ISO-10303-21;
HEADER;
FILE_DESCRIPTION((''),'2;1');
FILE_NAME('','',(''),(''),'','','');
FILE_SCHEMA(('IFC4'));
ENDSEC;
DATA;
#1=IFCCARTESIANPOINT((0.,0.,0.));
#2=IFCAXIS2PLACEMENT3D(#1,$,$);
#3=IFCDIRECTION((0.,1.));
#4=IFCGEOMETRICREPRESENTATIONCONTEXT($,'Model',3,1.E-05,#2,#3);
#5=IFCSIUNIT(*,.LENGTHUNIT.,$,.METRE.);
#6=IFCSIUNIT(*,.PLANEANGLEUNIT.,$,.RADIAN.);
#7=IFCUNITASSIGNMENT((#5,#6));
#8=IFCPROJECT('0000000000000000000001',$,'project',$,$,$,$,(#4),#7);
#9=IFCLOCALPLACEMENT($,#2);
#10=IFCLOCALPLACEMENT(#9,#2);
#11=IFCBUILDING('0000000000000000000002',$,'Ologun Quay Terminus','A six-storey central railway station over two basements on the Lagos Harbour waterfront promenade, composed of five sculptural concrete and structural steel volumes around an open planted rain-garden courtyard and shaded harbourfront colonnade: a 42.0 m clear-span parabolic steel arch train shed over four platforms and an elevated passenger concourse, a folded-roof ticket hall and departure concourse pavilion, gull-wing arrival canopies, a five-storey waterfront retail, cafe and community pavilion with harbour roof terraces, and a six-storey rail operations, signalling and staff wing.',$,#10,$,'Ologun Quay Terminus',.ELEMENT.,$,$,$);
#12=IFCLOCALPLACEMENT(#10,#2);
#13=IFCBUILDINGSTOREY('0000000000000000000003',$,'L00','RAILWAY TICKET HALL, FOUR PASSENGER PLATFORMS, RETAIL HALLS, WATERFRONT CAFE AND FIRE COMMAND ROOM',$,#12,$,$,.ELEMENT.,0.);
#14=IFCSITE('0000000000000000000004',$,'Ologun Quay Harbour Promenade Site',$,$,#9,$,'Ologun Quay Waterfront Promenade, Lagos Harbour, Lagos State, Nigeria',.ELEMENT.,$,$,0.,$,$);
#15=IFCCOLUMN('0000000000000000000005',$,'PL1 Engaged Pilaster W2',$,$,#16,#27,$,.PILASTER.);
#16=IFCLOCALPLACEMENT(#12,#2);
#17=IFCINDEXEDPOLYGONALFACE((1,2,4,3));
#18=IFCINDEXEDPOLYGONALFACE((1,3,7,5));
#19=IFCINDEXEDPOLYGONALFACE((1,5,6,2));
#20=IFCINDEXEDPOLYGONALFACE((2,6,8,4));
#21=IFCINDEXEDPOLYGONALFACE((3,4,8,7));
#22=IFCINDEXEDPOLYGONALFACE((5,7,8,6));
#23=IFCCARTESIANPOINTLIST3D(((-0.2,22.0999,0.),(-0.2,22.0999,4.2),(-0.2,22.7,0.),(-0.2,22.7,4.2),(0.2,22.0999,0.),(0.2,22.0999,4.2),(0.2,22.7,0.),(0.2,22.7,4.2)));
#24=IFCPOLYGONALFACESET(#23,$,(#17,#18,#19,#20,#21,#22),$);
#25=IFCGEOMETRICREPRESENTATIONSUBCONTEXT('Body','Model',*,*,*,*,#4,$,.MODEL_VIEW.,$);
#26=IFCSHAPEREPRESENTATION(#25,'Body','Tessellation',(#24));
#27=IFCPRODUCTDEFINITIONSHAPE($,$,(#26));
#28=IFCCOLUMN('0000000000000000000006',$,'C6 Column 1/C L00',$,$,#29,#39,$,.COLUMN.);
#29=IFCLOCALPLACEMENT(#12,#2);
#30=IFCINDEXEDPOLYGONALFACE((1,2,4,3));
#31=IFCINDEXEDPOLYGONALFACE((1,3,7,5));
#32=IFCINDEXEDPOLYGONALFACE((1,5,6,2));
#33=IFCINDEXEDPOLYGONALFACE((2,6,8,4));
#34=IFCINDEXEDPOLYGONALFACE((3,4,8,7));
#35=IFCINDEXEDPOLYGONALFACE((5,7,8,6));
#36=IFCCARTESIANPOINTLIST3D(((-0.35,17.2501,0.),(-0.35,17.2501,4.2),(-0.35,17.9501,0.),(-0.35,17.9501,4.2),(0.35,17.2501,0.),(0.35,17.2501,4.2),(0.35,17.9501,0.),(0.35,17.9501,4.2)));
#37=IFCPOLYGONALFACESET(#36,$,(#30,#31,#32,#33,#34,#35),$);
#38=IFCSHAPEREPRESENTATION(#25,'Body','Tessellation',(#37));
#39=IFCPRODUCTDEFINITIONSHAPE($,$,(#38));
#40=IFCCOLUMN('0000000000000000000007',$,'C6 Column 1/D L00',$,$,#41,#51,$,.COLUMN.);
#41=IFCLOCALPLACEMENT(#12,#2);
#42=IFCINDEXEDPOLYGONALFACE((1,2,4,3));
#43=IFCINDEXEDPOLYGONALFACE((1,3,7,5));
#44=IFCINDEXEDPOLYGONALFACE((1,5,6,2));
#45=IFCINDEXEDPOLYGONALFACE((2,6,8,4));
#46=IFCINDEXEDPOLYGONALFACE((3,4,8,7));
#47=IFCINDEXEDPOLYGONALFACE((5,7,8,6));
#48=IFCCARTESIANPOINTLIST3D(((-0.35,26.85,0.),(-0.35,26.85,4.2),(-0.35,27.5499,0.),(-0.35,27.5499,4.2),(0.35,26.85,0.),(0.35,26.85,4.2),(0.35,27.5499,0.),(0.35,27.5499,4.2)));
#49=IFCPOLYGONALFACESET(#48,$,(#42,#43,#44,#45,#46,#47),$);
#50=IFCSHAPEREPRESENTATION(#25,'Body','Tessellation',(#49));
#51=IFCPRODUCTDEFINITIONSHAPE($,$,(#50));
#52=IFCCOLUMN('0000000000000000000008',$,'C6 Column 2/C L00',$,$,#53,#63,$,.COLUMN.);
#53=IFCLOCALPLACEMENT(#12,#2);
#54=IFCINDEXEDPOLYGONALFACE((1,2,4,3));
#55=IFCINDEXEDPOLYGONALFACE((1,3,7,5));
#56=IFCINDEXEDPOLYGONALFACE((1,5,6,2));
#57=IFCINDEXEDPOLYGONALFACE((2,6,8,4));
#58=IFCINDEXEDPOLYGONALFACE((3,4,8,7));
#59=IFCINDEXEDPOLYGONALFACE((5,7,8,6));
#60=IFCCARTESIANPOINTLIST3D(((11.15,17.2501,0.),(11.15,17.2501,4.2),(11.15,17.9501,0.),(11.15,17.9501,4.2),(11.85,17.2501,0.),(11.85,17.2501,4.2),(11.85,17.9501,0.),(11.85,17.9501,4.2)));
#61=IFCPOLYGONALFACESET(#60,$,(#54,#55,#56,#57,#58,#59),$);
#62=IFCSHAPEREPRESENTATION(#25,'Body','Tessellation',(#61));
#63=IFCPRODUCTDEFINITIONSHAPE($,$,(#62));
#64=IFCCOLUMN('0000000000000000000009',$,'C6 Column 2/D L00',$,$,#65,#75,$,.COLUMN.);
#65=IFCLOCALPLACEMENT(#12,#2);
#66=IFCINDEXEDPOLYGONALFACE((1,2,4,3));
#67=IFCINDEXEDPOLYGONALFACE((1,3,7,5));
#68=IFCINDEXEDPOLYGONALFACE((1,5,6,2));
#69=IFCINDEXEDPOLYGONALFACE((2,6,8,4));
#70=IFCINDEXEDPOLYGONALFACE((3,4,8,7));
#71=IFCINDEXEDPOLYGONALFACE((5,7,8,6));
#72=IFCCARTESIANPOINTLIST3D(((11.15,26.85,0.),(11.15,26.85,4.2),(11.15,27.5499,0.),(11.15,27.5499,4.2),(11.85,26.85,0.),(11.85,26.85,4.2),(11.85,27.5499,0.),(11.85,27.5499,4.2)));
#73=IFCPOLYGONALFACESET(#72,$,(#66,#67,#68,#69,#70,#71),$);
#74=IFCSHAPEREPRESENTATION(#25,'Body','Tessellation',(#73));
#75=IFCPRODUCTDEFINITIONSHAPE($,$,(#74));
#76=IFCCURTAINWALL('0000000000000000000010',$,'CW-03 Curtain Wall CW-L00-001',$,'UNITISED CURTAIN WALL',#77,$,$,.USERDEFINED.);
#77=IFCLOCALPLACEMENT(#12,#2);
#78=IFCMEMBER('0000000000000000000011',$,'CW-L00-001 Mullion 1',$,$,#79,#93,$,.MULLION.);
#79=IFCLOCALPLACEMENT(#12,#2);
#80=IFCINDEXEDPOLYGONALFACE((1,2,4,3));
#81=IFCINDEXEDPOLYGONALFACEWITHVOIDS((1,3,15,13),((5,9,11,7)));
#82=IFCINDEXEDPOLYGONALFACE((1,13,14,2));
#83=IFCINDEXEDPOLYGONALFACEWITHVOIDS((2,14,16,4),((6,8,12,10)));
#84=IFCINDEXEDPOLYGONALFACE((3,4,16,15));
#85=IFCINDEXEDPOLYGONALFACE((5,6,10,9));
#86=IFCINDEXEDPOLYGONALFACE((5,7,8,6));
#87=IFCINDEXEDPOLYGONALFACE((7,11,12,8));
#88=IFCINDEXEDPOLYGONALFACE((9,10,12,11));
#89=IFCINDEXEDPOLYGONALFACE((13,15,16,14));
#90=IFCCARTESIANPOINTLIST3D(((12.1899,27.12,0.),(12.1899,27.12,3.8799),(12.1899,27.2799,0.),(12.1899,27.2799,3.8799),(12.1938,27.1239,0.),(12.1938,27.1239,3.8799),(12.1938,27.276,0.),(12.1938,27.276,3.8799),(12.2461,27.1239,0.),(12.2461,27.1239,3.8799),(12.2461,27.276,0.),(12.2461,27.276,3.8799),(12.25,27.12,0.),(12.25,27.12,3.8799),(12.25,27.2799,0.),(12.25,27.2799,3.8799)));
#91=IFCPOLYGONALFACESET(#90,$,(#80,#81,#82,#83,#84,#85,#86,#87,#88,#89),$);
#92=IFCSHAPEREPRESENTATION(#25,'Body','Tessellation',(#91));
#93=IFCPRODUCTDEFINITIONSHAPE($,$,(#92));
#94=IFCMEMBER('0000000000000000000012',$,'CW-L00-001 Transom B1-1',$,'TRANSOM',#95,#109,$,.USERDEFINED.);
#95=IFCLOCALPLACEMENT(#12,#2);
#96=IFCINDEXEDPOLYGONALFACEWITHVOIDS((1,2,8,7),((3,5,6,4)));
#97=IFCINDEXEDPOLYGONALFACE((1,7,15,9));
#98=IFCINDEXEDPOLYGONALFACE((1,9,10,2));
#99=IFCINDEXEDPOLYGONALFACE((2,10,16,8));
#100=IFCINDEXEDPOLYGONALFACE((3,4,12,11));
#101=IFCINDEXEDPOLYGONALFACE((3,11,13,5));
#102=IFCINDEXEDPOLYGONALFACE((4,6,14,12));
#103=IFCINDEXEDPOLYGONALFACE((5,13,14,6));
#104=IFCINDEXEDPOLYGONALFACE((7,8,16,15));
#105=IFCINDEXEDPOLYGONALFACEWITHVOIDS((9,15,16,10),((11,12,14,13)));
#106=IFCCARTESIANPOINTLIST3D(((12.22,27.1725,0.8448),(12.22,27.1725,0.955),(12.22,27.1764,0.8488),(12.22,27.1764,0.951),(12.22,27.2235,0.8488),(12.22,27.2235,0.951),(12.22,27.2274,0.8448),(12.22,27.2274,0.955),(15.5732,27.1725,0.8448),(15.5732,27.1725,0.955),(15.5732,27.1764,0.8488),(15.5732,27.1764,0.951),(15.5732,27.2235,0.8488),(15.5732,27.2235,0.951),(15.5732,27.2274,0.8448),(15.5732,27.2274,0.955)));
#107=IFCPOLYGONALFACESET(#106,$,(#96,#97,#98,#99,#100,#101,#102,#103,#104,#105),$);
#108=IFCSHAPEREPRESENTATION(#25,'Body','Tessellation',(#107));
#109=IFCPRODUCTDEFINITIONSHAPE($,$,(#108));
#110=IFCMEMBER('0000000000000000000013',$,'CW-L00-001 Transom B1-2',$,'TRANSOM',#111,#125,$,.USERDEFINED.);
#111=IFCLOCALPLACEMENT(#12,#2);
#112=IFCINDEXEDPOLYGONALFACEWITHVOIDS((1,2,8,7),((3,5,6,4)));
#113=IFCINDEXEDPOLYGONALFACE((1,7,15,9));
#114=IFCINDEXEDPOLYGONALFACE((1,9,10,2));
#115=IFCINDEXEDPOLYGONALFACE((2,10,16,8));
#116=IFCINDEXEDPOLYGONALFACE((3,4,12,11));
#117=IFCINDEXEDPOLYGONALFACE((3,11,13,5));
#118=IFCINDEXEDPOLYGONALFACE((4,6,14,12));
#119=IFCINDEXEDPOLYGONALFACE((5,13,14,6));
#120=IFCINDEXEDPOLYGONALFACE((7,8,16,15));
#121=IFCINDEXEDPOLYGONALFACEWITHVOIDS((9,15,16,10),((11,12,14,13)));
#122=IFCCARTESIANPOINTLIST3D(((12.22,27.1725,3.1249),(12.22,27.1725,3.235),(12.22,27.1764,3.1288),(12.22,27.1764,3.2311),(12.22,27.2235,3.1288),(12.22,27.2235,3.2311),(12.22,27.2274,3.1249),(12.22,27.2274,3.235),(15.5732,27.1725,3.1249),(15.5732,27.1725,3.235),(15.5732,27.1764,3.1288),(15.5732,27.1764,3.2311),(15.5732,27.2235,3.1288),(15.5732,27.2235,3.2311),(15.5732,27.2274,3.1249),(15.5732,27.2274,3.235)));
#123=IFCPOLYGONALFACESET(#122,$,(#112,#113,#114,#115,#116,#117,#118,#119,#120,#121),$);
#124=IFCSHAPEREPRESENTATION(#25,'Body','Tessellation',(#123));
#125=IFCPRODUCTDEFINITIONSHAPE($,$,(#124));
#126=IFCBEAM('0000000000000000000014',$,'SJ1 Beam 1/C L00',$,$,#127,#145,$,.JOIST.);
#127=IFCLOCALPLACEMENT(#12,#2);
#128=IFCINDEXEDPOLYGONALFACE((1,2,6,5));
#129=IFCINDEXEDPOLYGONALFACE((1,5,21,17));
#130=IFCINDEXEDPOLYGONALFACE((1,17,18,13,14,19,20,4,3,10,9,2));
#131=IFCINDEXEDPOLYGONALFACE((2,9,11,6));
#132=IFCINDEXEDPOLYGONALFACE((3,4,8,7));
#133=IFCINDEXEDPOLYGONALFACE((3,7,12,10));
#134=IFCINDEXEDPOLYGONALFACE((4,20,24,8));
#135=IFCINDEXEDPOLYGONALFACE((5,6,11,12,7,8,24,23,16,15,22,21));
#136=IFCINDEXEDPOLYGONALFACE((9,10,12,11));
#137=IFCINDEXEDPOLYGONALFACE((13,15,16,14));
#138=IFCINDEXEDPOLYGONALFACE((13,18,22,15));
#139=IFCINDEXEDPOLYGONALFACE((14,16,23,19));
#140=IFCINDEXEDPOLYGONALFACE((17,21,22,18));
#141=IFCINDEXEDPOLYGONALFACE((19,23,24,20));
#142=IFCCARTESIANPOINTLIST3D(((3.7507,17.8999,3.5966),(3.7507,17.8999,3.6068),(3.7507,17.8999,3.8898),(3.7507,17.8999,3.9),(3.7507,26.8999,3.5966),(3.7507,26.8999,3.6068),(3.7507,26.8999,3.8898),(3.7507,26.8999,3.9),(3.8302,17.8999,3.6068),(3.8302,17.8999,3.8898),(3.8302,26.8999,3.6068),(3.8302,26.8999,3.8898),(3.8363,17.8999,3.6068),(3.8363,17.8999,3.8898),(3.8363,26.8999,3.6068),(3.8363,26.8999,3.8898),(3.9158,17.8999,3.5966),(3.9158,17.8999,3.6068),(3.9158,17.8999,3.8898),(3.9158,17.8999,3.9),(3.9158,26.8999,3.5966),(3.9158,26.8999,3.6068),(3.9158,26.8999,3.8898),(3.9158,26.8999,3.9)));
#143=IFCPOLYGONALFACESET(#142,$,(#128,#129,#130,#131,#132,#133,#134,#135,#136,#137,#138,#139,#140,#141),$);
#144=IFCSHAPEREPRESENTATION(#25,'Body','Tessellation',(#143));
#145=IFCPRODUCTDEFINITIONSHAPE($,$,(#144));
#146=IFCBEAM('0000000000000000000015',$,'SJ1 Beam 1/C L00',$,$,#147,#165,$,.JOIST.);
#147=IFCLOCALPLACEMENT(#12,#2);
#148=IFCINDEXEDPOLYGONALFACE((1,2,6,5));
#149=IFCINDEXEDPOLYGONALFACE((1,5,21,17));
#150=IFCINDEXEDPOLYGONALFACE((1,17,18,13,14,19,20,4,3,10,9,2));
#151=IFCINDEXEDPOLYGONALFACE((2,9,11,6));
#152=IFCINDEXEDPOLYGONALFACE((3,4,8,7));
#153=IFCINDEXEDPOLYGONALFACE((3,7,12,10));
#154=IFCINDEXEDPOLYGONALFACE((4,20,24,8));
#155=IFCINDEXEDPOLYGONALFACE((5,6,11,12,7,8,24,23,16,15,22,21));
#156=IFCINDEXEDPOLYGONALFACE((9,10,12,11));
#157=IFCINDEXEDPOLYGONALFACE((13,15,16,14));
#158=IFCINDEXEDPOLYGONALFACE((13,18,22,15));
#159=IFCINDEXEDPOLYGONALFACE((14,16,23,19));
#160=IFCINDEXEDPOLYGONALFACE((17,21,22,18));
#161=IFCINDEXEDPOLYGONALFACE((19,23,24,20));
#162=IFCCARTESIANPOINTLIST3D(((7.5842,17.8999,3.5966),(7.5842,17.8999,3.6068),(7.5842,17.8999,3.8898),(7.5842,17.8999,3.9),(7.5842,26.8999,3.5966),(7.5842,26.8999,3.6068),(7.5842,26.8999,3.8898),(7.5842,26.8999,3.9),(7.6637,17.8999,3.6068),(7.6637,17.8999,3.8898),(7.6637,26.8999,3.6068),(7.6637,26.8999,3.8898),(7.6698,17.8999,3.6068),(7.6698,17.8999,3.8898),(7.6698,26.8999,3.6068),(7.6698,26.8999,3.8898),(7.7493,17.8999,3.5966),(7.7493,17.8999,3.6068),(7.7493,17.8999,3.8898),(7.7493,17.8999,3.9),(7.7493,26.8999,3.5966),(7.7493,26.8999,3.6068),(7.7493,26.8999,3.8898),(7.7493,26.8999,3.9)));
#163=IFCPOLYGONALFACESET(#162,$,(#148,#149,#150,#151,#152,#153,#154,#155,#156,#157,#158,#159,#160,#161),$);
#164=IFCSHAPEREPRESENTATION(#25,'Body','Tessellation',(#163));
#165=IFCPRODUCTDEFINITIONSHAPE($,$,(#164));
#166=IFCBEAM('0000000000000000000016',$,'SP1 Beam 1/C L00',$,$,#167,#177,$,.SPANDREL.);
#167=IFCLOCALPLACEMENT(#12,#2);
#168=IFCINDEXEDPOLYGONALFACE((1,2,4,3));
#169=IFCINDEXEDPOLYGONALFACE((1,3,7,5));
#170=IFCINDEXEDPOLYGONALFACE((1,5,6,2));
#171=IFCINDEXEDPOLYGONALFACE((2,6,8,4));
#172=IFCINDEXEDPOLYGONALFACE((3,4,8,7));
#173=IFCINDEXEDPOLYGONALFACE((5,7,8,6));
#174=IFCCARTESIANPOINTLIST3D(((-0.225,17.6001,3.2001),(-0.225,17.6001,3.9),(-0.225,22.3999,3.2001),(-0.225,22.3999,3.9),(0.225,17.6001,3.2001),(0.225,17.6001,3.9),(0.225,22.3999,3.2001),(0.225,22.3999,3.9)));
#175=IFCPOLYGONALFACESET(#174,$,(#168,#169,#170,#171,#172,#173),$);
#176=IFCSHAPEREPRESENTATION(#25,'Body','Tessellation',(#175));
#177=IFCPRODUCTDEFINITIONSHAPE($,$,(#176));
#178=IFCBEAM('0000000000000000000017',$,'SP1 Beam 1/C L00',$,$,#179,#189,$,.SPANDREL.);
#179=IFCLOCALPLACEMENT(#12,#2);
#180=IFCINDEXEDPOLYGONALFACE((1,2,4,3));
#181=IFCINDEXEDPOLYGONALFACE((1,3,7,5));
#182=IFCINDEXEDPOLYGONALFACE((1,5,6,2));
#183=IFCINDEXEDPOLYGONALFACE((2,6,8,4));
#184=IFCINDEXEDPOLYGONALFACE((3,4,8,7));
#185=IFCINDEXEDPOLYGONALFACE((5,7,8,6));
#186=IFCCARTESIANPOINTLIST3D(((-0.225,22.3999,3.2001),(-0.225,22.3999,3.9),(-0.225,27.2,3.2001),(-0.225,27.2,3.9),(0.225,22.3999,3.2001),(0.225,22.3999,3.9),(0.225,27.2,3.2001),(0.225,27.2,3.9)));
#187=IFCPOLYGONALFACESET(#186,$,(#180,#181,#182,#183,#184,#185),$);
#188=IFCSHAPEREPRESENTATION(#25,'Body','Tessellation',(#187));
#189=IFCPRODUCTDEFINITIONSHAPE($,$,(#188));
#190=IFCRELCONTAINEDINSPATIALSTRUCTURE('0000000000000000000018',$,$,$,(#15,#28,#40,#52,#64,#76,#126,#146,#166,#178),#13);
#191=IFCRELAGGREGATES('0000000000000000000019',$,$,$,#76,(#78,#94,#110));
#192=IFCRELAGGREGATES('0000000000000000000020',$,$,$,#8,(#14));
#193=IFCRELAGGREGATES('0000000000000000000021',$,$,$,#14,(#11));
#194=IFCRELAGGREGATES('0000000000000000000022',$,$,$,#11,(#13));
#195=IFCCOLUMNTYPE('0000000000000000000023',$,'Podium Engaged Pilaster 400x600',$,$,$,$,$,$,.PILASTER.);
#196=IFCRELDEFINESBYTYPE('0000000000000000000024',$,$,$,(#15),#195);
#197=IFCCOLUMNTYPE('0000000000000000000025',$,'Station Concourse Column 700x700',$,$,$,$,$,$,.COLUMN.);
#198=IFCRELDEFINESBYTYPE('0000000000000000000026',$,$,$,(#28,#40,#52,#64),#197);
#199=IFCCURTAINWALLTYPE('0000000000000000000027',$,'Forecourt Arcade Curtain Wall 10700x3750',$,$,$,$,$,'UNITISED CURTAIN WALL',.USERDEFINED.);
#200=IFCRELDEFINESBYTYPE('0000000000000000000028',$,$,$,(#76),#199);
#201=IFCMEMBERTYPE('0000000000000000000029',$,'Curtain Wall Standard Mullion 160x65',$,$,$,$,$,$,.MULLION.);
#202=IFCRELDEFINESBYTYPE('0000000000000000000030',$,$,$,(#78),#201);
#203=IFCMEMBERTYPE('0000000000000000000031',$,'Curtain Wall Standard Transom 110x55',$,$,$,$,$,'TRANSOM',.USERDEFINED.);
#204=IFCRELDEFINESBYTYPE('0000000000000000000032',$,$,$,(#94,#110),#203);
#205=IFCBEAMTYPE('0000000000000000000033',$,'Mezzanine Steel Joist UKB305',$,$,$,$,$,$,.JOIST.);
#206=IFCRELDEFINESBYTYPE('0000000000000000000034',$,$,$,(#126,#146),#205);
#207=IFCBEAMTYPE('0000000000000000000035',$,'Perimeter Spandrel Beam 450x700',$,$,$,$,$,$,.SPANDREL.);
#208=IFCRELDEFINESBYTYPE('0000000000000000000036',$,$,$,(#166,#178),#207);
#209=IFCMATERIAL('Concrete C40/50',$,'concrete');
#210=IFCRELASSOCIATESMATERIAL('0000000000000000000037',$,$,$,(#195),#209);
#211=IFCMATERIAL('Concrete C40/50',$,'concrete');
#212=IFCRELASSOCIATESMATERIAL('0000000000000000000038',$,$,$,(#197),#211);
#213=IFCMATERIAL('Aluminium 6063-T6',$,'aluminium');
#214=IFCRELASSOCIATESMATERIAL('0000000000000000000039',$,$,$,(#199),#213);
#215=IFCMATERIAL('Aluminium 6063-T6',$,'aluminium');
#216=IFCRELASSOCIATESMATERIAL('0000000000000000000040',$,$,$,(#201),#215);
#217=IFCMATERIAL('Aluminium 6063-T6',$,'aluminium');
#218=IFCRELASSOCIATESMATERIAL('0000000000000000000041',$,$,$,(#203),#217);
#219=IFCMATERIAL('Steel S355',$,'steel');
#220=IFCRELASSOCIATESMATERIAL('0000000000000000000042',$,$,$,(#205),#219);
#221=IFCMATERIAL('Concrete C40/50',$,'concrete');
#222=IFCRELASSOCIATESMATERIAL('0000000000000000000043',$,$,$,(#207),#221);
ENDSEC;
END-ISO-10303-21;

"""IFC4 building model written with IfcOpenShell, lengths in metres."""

from ifc_helpers import new_model, si_unit, direction, frame, origin, origin_2d, place, context, subcontext, project, spatial, rectangle, hollow_rectangle, i_section, extrude, material, material_profile, profile_set, type_object, element, aggregate, save


model = new_model("IFC4")

# Units and contexts
model_context = context("Model", 3, precision=1e-05, world=origin(), true_north=direction((0.0, 1.0)))
body_context = subcontext(model_context, "Body", "Model", "MODEL_VIEW")
ifc_project = project(units=[si_unit("LENGTHUNIT", "METRE"), si_unit("PLANEANGLEUNIT", "RADIAN")], contexts=[model_context])

# Site, building, storey
site_placement = place(None, origin())
site = spatial("IfcSite", under=ifc_project, at=site_placement, Name="Ologun Quay Harbour Promenade Site", LongName="Ologun Quay Waterfront Promenade, Lagos Harbour, Lagos State, Nigeria", CompositionType="ELEMENT", RefElevation=0.0)
building_placement = place(site_placement, origin())
building = spatial("IfcBuilding", under=site, at=building_placement, Name="Ologun Quay Terminus", Description="A six-storey central railway station over two basements on the Lagos Harbour waterfront promenade, composed of five sculptural concrete and structural steel volumes around an open planted rain-garden courtyard and shaded harbourfront colonnade: a 42.0 m clear-span parabolic steel arch train shed over four platforms and an elevated passenger concourse, a folded-roof ticket hall and departure concourse pavilion, gull-wing arrival canopies, a five-storey waterfront retail, cafe and community pavilion with harbour roof terraces, and a six-storey rail operations, signalling and staff wing.", LongName="Ologun Quay Terminus", CompositionType="ELEMENT")
storey_placement = place(building_placement, origin())
storey = spatial("IfcBuildingStorey", under=building, at=storey_placement, Name="L00", Description="RAILWAY TICKET HALL, FOUR PASSENGER PLATFORMS, RETAIL HALLS, WATERFRONT CAFE AND FIRE COMMAND ROOM", CompositionType="ELEMENT", Elevation=0.0)

# Columns
ifc_material_1 = material(Name="Concrete C40/50", Category="concrete")
ifc_material_profile_1 = material_profile(ifc_material_1, rectangle(XDim=0.3999, YDim=0.6001, at=origin_2d()), Name="RC 400x600")
ifc_profile_set_1 = profile_set([ifc_material_profile_1], Name="Concrete C40/50")
column_type_1 = type_object("IfcColumnType", Name="Podium Engaged Pilaster 400x600", PredefinedType="PILASTER", material=ifc_profile_set_1)
column_placement = place(storey_placement, frame((0.0, 22.3999, 0.0), z_axis=(0.0, 0.0, 1.0), x_axis=(1.0, 0.0, 0.0)))
element("IfcColumn", 1, at=column_placement, inside=storey, type_object=column_type_1, Name="PL1 Engaged Pilaster W2", PredefinedType="PILASTER", context=body_context, shape_type="SweptSolid", body=[
    extrude(rectangle(XDim=0.3999, YDim=0.6001, at=origin_2d()), origin(), (0.0, 0.0, 1.0), 4.2),
])
ifc_material_2 = material(Name="Concrete C40/50", Category="concrete")
ifc_material_profile_2 = material_profile(ifc_material_2, rectangle(XDim=0.7, YDim=0.7, at=origin_2d()), Name="RC 700x700")
ifc_profile_set_2 = profile_set([ifc_material_profile_2], Name="Concrete C40/50")
column_type_2 = type_object("IfcColumnType", Name="Station Concourse Column 700x700", PredefinedType="COLUMN", material=ifc_profile_set_2)
for number, where, z_axis, x_axis, name in (
    (2, (0.0, 17.6001, 0.0), (0.0, 0.0, 1.0), (1.0, 0.0, 0.0), "C6 Column 1/C L00"),
    (3, (0.0, 27.2, 0.0), (0.0, 0.0, 1.0), (1.0, 0.0, 0.0), "C6 Column 1/D L00"),
    (4, (11.5, 17.6001, 0.0), (0.0, 0.0, 1.0), (1.0, 0.0, 0.0), "C6 Column 2/C L00"),
    (5, (11.5, 27.2, 0.0), (0.0, 0.0, 1.0), (1.0, 0.0, 0.0), "C6 Column 2/D L00"),
):
    element("IfcColumn", number, at=place(storey_placement, frame(where, z_axis=z_axis, x_axis=x_axis)), inside=storey, type_object=column_type_2, Name=name, PredefinedType="COLUMN", context=body_context, shape_type="SweptSolid", body=[
        extrude(rectangle(XDim=0.7, YDim=0.7, at=origin_2d()), origin(), (0.0, 0.0, 1.0), 4.2),
    ])

# Curtain wall, members
ifc_material_3 = material(Name="Aluminium 6063-T6", Category="aluminium")
curtain_wall_type = type_object("IfcCurtainWallType", Name="Forecourt Arcade Curtain Wall 10700x3750", ElementType="UNITISED CURTAIN WALL", PredefinedType="USERDEFINED", material=ifc_material_3)
curtain_wall_placement = place(storey_placement, origin())
curtain_wall = element("IfcCurtainWall", 6, at=curtain_wall_placement, inside=storey, type_object=curtain_wall_type, Name="CW-03 Curtain Wall CW-L00-001", ObjectType="UNITISED CURTAIN WALL", PredefinedType="USERDEFINED")
ifc_material_4 = material(Name="Aluminium 6063-T6", Category="aluminium")
ifc_material_profile_3 = material_profile(ifc_material_4, hollow_rectangle(XDim=0.0601, YDim=0.1599, WallThickness=0.0039, at=origin_2d()), Name="ALU 160x60x4")
ifc_profile_set_3 = profile_set([ifc_material_profile_3], Name="Aluminium 6063-T6")
member_type_1 = type_object("IfcMemberType", Name="Curtain Wall Standard Mullion 160x65", PredefinedType="MULLION", material=ifc_profile_set_3)
member_1_placement = place(storey_placement, frame((12.22, 27.2, 0.0), z_axis=(0.0, 0.0, 1.0), x_axis=(1.0, 0.0, 0.0)))
member_1 = element("IfcMember", 7, at=member_1_placement, type_object=member_type_1, Name="CW-L00-001 Mullion 1", PredefinedType="MULLION", context=body_context, shape_type="SweptSolid", body=[
    extrude(hollow_rectangle(XDim=0.0601, YDim=0.1599, WallThickness=0.0039, at=origin_2d()), origin(), (0.0, 0.0, 1.0), 3.8799),
])
ifc_material_5 = material(Name="Aluminium 6063-T6", Category="aluminium")
ifc_material_profile_4 = material_profile(ifc_material_5, hollow_rectangle(XDim=0.0549, YDim=0.1101, WallThickness=0.0039, at=origin_2d()), Name="ALU 110x55x4")
ifc_profile_set_4 = profile_set([ifc_material_profile_4], Name="Aluminium 6063-T6")
member_type_2 = type_object("IfcMemberType", Name="Curtain Wall Standard Transom 110x55", ElementType="TRANSOM", PredefinedType="USERDEFINED", material=ifc_profile_set_4)
member_2_placement = place(storey_placement, frame((12.22, 27.2, 0.8999), z_axis=(1.0, 0.0, 0.0), x_axis=(0.0, 1.0, 0.0)))
member_2 = element("IfcMember", 8, at=member_2_placement, type_object=member_type_2, Name="CW-L00-001 Transom B1-1", ObjectType="TRANSOM", PredefinedType="USERDEFINED", context=body_context, shape_type="SweptSolid", body=[
    extrude(hollow_rectangle(XDim=0.0549, YDim=0.1101, WallThickness=0.0039, at=origin_2d()), origin(), (0.0, 0.0, 1.0), 3.3533),
])
member_3_placement = place(storey_placement, frame((12.22, 27.2, 3.1799), z_axis=(1.0, 0.0, 0.0), x_axis=(0.0, 1.0, 0.0)))
member_3 = element("IfcMember", 9, at=member_3_placement, type_object=member_type_2, Name="CW-L00-001 Transom B1-2", ObjectType="TRANSOM", PredefinedType="USERDEFINED", context=body_context, shape_type="SweptSolid", body=[
    extrude(hollow_rectangle(XDim=0.0549, YDim=0.1101, WallThickness=0.0039, at=origin_2d()), origin(), (0.0, 0.0, 1.0), 3.3533),
])

# Beams
ifc_material_6 = material(Name="Steel S355", Category="steel")
ifc_material_profile_5 = material_profile(ifc_material_6, i_section(OverallWidth=0.165, OverallDepth=0.3035, WebThickness=0.0061, FlangeThickness=0.0103, at=origin_2d()), Name="UKB 305x165x40")
ifc_profile_set_5 = profile_set([ifc_material_profile_5], Name="Steel S355")
beam_type_1 = type_object("IfcBeamType", Name="Mezzanine Steel Joist UKB305", PredefinedType="JOIST", material=ifc_profile_set_5)
for number, where, z_axis, x_axis, name in (
    (10, (3.8333, 17.8999, 3.7483), (0.0, 1.0, 0.0), (-1.0, 0.0, 0.0), "SJ1 Beam 1/C L00"),
    (11, (7.6667, 17.8999, 3.7483), (0.0, 1.0, 0.0), (-1.0, 0.0, 0.0), "SJ1 Beam 1/C L00"),
):
    element("IfcBeam", number, at=place(storey_placement, frame(where, z_axis=z_axis, x_axis=x_axis)), inside=storey, type_object=beam_type_1, Name=name, PredefinedType="JOIST", context=body_context, shape_type="SweptSolid", body=[
        extrude(i_section(OverallWidth=0.165, OverallDepth=0.3035, WebThickness=0.0061, FlangeThickness=0.0103, at=origin_2d()), origin(), (0.0, 0.0, 1.0), 9.0),
    ])
ifc_material_7 = material(Name="Concrete C40/50", Category="concrete")
ifc_material_profile_6 = material_profile(ifc_material_7, rectangle(XDim=0.45, YDim=0.7, at=origin_2d()), Name="RC 450x700")
ifc_profile_set_6 = profile_set([ifc_material_profile_6], Name="Concrete C40/50")
beam_type_2 = type_object("IfcBeamType", Name="Perimeter Spandrel Beam 450x700", PredefinedType="SPANDREL", material=ifc_profile_set_6)
beam_1_placement = place(storey_placement, frame((0.0, 17.6001, 3.55), z_axis=(0.0, 1.0, 0.0), x_axis=(-1.0, 0.0, 0.0)))
element("IfcBeam", 12, at=beam_1_placement, inside=storey, type_object=beam_type_2, Name="SP1 Beam 1/C L00", PredefinedType="SPANDREL", context=body_context, shape_type="SweptSolid", body=[
    extrude(rectangle(XDim=0.45, YDim=0.7, at=origin_2d()), origin(), (0.0, 0.0, 1.0), 4.7998),
])
beam_2_placement = place(storey_placement, frame((0.0, 22.3999, 3.55), z_axis=(0.0, 1.0, 0.0), x_axis=(-1.0, 0.0, 0.0)))
element("IfcBeam", 13, at=beam_2_placement, inside=storey, type_object=beam_type_2, Name="SP1 Beam 1/C L00", PredefinedType="SPANDREL", context=body_context, shape_type="SweptSolid", body=[
    extrude(rectangle(XDim=0.45, YDim=0.7, at=origin_2d()), origin(), (0.0, 0.0, 1.0), 4.8),
])

aggregate(curtain_wall, [member_1, member_2, member_3])

save(model, "model.ifc")
